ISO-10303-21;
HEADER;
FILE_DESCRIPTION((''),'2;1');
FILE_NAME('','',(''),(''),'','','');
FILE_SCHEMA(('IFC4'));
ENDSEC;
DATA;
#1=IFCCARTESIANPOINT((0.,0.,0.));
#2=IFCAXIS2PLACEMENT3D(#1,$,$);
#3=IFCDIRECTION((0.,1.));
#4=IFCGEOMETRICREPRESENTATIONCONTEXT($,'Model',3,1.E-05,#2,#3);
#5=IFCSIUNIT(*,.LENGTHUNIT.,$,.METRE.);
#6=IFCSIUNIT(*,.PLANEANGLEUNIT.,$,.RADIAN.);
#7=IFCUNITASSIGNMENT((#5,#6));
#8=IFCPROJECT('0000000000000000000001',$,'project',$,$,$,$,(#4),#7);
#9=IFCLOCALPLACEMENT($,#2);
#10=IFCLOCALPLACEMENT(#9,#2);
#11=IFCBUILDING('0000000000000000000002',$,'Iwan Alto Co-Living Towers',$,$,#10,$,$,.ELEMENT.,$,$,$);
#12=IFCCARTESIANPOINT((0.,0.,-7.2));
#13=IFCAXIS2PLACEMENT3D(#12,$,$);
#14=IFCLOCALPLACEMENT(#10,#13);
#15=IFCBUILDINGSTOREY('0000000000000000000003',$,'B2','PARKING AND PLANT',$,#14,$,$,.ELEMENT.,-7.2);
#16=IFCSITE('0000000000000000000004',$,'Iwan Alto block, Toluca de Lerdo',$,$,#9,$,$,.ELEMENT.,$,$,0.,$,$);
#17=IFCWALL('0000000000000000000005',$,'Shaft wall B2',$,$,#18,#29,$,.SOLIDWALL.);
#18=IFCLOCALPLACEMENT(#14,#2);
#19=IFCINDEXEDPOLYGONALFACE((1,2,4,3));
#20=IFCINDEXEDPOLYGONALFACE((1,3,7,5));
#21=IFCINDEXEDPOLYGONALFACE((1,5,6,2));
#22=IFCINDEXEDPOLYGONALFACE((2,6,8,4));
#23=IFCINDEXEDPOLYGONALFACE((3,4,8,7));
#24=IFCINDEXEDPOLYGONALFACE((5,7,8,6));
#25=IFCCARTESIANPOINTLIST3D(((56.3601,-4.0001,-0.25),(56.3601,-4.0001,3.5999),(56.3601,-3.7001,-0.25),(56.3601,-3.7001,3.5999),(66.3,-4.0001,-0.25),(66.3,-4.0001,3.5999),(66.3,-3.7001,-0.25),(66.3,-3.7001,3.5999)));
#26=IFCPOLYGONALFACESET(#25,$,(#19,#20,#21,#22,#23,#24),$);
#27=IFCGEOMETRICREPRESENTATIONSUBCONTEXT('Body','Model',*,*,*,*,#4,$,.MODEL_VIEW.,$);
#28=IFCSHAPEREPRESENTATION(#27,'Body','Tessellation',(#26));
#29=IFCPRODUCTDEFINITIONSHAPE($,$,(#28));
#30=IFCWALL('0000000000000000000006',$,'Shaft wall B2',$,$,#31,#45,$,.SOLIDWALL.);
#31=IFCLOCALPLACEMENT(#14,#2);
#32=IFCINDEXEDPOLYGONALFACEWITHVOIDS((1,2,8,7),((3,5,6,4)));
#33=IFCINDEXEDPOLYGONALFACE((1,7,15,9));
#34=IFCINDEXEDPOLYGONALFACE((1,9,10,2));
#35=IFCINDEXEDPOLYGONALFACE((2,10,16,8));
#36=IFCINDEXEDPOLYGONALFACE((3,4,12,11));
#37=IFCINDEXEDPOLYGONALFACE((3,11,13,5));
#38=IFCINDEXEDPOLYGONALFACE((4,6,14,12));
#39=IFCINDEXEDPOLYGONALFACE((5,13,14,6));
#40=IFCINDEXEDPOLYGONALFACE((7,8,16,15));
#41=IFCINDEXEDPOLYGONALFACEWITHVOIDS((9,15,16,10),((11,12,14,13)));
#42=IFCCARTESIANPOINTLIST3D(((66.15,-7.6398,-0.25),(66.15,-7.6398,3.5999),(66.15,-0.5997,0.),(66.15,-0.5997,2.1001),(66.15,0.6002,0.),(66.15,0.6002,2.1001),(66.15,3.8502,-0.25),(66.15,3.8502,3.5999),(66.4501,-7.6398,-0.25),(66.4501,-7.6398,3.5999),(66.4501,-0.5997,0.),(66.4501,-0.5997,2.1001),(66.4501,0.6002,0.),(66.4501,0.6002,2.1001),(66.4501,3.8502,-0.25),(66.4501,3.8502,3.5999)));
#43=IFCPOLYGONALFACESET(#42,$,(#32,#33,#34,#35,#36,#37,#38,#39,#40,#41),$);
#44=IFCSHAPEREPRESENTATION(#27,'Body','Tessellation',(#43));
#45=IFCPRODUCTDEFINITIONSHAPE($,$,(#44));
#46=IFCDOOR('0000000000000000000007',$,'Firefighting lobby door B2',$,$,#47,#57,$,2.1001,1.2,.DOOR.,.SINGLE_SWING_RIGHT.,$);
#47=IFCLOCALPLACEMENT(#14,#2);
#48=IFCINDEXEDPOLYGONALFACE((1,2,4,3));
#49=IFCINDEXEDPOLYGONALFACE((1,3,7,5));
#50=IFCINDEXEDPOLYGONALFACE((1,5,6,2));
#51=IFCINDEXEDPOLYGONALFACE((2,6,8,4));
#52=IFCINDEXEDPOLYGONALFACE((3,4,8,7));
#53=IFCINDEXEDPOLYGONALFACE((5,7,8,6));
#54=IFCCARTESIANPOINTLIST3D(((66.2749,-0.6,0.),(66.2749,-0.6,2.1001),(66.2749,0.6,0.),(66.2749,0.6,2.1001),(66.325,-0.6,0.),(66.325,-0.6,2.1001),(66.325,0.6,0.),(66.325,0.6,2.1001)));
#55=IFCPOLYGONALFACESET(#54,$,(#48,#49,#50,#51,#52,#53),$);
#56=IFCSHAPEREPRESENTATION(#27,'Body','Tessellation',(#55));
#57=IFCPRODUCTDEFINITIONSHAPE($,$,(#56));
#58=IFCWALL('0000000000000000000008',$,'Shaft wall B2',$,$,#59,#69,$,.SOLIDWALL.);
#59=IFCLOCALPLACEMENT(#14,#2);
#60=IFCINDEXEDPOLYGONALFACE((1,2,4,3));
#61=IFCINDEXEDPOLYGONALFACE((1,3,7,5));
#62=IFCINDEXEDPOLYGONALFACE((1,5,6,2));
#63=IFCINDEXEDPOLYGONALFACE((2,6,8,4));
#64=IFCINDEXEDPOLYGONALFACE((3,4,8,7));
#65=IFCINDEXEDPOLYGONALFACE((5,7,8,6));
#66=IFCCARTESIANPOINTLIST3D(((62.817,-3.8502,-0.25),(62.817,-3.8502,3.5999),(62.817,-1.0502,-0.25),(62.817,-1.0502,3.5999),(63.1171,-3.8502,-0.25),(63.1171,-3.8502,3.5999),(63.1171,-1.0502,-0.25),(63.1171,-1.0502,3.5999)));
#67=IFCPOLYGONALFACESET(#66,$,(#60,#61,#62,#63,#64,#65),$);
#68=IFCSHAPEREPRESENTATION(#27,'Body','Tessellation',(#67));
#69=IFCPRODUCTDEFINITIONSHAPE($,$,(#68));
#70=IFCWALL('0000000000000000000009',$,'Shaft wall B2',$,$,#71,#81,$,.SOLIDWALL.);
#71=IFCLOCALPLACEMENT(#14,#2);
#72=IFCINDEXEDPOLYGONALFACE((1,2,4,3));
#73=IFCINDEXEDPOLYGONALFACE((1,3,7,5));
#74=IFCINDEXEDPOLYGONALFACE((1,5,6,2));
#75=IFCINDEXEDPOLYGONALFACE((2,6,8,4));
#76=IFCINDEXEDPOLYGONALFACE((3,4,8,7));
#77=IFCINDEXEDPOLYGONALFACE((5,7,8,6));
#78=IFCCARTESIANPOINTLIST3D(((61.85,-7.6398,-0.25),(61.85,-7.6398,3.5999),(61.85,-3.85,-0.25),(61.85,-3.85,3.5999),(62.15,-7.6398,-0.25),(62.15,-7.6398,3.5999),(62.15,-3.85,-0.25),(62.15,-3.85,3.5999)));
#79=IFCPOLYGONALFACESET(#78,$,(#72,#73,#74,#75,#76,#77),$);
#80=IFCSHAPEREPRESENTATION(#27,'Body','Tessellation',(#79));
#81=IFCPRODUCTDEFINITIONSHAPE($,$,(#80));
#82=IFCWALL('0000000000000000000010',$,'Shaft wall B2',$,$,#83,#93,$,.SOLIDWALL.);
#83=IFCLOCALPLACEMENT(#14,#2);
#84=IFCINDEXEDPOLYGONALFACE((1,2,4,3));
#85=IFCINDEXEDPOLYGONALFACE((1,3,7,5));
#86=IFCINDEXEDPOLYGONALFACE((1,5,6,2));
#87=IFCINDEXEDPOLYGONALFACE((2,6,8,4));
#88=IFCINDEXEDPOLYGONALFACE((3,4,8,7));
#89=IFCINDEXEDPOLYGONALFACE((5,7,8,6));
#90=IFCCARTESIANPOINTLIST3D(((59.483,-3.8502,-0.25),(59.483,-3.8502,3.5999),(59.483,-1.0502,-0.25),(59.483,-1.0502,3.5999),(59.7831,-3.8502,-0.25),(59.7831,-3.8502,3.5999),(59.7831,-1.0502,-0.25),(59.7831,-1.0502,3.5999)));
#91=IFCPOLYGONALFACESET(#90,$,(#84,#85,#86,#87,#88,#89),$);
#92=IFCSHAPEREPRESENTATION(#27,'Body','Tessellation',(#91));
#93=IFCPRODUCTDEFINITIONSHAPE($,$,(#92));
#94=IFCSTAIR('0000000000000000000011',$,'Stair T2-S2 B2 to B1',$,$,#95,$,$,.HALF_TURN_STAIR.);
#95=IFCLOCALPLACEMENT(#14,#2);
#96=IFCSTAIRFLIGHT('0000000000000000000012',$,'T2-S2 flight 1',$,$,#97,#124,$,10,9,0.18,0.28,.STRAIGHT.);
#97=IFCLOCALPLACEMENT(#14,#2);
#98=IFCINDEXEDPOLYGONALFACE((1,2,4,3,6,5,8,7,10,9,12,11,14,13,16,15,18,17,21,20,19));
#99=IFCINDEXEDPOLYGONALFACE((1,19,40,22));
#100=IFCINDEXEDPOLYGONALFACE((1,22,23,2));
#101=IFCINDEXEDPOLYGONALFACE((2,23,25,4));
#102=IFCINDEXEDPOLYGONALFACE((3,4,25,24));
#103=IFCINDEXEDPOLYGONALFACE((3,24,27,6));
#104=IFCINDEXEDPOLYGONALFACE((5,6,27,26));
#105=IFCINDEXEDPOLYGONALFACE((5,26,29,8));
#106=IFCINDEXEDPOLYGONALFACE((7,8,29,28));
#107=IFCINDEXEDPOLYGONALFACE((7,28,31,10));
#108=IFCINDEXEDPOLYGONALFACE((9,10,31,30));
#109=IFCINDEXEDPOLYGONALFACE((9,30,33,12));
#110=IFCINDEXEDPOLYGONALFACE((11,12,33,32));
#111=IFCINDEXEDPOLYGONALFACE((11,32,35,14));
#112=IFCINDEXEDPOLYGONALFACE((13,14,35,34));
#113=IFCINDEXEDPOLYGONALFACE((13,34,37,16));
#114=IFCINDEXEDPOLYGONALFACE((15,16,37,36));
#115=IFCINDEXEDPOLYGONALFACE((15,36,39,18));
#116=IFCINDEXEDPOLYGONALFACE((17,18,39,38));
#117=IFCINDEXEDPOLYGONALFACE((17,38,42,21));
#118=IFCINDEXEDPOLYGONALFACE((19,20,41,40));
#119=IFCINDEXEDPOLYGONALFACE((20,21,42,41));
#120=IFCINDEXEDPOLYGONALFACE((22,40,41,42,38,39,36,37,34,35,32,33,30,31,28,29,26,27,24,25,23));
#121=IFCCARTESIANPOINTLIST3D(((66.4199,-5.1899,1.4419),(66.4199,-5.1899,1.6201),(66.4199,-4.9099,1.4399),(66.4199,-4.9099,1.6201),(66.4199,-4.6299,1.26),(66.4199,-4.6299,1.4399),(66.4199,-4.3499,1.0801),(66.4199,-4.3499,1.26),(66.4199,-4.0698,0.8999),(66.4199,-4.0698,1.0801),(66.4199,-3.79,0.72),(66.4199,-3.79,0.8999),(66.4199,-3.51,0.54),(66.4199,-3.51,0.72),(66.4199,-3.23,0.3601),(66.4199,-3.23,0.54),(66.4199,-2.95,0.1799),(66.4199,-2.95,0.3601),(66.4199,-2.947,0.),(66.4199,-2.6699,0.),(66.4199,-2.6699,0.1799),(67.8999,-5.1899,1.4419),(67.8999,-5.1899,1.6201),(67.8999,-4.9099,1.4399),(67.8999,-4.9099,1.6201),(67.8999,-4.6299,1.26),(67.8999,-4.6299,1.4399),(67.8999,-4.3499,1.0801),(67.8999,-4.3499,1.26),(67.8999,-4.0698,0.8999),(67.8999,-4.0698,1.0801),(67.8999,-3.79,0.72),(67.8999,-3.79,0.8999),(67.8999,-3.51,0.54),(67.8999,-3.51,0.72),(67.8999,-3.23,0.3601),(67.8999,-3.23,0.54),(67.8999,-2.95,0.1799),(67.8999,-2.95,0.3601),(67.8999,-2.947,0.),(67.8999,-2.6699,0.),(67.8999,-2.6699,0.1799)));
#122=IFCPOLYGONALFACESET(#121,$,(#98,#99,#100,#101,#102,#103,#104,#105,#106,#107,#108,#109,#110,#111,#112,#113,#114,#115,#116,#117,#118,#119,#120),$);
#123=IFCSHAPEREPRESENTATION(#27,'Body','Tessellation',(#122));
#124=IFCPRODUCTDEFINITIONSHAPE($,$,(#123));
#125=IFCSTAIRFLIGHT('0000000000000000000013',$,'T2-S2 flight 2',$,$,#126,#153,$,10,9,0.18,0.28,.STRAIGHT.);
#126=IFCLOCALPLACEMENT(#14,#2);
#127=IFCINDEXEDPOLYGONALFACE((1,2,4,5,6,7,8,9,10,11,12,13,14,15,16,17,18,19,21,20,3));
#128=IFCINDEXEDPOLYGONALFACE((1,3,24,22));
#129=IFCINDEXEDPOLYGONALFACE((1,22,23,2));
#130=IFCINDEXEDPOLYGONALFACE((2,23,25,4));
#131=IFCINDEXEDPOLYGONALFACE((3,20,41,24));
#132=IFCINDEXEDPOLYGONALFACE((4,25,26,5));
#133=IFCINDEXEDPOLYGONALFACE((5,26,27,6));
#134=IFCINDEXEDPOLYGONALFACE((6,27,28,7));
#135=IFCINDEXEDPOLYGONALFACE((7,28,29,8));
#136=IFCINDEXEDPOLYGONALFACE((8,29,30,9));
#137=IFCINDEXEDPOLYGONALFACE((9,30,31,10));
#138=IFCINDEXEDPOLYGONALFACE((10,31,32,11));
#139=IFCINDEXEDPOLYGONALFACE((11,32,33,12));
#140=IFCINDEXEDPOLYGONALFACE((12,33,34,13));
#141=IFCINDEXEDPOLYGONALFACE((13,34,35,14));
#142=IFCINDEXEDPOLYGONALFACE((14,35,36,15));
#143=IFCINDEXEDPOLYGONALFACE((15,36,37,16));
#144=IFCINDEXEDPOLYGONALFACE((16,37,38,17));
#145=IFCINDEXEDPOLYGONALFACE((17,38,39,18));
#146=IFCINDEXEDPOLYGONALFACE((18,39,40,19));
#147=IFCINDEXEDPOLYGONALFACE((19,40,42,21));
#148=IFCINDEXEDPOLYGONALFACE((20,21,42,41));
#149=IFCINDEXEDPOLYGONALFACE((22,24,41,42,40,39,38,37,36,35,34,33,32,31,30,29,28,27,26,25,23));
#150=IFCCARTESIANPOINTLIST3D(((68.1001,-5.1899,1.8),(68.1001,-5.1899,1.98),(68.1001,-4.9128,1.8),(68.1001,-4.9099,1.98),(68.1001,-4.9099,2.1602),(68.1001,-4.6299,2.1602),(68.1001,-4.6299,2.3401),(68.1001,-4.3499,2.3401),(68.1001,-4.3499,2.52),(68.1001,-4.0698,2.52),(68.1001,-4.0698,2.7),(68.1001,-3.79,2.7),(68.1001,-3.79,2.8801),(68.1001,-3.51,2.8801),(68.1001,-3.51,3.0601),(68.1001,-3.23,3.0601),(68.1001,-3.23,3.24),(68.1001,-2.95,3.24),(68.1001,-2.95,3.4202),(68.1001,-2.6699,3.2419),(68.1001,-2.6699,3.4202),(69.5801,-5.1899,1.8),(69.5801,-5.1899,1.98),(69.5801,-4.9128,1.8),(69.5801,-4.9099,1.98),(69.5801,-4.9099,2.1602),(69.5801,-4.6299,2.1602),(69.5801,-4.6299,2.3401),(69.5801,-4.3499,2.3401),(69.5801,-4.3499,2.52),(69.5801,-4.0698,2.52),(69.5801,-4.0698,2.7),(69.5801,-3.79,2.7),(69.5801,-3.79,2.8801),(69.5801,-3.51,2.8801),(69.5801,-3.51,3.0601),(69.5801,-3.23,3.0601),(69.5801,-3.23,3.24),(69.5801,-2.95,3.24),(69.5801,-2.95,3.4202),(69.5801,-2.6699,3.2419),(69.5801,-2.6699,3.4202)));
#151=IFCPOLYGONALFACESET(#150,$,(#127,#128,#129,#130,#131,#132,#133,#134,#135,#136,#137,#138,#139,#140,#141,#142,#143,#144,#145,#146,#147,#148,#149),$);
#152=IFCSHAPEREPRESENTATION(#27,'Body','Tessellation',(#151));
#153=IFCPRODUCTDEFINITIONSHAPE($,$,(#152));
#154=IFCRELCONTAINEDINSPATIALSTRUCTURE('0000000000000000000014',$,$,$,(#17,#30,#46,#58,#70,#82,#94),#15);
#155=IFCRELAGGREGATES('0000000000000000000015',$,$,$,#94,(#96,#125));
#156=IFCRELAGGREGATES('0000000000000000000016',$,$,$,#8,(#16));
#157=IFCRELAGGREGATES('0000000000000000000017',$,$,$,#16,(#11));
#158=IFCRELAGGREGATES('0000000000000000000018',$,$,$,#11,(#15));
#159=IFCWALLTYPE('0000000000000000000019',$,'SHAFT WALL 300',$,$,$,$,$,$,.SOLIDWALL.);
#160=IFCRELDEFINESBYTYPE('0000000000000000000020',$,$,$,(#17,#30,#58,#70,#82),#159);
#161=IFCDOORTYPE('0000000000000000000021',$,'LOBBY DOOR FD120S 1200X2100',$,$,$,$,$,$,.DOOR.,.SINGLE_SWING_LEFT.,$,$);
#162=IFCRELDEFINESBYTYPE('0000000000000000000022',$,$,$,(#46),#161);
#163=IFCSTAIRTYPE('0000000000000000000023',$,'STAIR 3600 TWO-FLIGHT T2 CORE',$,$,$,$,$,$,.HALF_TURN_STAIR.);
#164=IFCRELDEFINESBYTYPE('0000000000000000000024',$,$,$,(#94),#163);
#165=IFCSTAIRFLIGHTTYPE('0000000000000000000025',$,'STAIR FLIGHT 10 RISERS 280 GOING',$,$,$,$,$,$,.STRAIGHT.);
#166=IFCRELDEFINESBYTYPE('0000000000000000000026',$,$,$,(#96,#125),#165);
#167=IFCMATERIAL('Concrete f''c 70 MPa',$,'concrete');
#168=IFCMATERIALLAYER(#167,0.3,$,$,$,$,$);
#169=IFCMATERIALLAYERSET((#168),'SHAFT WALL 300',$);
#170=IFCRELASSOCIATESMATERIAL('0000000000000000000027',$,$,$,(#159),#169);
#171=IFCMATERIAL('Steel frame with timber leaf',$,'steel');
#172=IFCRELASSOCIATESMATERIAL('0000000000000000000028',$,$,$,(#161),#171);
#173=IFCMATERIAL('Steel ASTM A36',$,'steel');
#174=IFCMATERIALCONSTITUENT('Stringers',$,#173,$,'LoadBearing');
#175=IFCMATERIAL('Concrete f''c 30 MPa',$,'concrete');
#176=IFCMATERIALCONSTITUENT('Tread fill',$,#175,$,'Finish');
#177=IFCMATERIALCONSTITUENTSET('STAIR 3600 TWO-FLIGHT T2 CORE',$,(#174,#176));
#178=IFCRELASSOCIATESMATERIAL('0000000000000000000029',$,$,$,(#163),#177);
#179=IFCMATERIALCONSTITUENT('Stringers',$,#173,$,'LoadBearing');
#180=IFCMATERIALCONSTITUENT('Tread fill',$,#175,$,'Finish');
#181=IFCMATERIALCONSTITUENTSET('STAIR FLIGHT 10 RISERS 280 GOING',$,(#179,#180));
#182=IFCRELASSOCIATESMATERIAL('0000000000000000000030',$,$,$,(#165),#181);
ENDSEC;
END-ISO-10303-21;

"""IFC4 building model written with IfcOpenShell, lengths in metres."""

from ifc_helpers import new_model, si_unit, direction, frame, frame_2d, origin, place, context, subcontext, project, spatial, polyline, rectangle, outline, extrude, material, layer, layer_set, constituent, constituent_set, type_object, element, fill, aggregate, save


model = new_model("IFC4")

# Units and contexts
model_context = context("Model", 3, precision=1e-05, world=origin(), true_north=direction((0.0, 1.0)))
body_context = subcontext(model_context, "Body", "Model", "MODEL_VIEW")
ifc_project = project(units=[si_unit("LENGTHUNIT", "METRE"), si_unit("PLANEANGLEUNIT", "RADIAN")], contexts=[model_context])

# Site, building, storey
site_placement = place(None, origin())
site = spatial("IfcSite", under=ifc_project, at=site_placement, Name="Iwan Alto block, Toluca de Lerdo", CompositionType="ELEMENT", RefElevation=0.0)
building_placement = place(site_placement, origin())
building = spatial("IfcBuilding", under=site, at=building_placement, Name="Iwan Alto Co-Living Towers", CompositionType="ELEMENT")
storey_placement = place(building_placement, frame((0.0, 0.0, -7.2)))
storey = spatial("IfcBuildingStorey", under=building, at=storey_placement, Name="B2", Description="PARKING AND PLANT", CompositionType="ELEMENT", Elevation=-7.2)

# Wall
ifc_material_1 = material(Name="Concrete f'c 70 MPa", Category="concrete")
ifc_layer = layer(ifc_material_1, 0.3)
ifc_layer_set = layer_set([ifc_layer], Name="SHAFT WALL 300")
wall_type = type_object("IfcWallType", Name="SHAFT WALL 300", PredefinedType="SOLIDWALL", material=ifc_layer_set)
wall_1_placement = place(storey_placement, frame((56.3601, -3.8501, -0.25), z_axis=(0.0, 0.0, 1.0), x_axis=(1.0, 0.0, 0.0)))
element("IfcWall", 1, at=wall_1_placement, inside=storey, type_object=wall_type, Name="Shaft wall B2", PredefinedType="SOLIDWALL", context=body_context, shape_type="SweptSolid", body=[
    extrude(rectangle(XDim=9.9399, YDim=0.3, at=frame_2d((4.97, 0.0))), origin(), (0.0, 0.0, 1.0), 3.8499),
])

# Wall, opening, door
wall_2_placement = place(storey_placement, frame((66.3, -7.6399, -0.25), z_axis=(0.0, 0.0, 1.0), x_axis=(0.0, 1.0, 0.0)))
wall_2 = element("IfcWall", 2, at=wall_2_placement, inside=storey, type_object=wall_type, Name="Shaft wall B2", PredefinedType="SOLIDWALL", context=body_context, shape_type="SweptSolid", body=[
    extrude(rectangle(XDim=11.49, YDim=0.3, at=frame_2d((5.7451, 0.0))), origin(), (0.0, 0.0, 1.0), 3.8499),
])
opening_placement = place(wall_2_placement, frame((7.04, 0.0, 0.25)))
opening = element("IfcOpeningElement", 3, at=opening_placement, cuts=wall_2, PredefinedType="OPENING", context=body_context, shape_type="SweptSolid", body=[
    extrude(rectangle(XDim=1.2, YDim=2.1001, at=frame_2d((0.6001, 1.05))), frame((0.0, 0.1599, 0.0), z_axis=(0.0, -1.0, 0.0), x_axis=(1.0, 0.0, 0.0)), (0.0, 0.0, 1.0), 0.3201),
])
ifc_material_2 = material(Name="Steel frame with timber leaf", Category="steel")
door_type = type_object("IfcDoorType", Name="LOBBY DOOR FD120S 1200X2100", OperationType="SINGLE_SWING_LEFT", PredefinedType="DOOR", material=ifc_material_2)
door_placement = place(opening_placement, frame((1.2, 0.0, 0.0), z_axis=(0.0, 0.0, 1.0), x_axis=(-1.0, 0.0, 0.0)))
door = element("IfcDoor", 4, at=door_placement, inside=storey, type_object=door_type, Name="Firefighting lobby door B2", OperationType="SINGLE_SWING_RIGHT", OverallHeight=2.1001, OverallWidth=1.2, PredefinedType="DOOR", context=body_context, shape_type="SweptSolid", body=[
    extrude(rectangle(XDim=1.2, YDim=2.1001, at=frame_2d((0.6001, 1.05))), frame((0.0, 0.0249, 0.0), z_axis=(0.0, -1.0, 0.0), x_axis=(1.0, 0.0, 0.0)), (0.0, 0.0, 1.0), 0.05),
])
fill(opening, door)

# Walls
wall_3_placement = place(storey_placement, frame((62.967, -3.8501, -0.25), z_axis=(0.0, 0.0, 1.0), x_axis=(0.0, 1.0, 0.0)))
element("IfcWall", 5, at=wall_3_placement, inside=storey, type_object=wall_type, Name="Shaft wall B2", PredefinedType="SOLIDWALL", context=body_context, shape_type="SweptSolid", body=[
    extrude(rectangle(XDim=2.8, YDim=0.3, at=frame_2d((1.3999, 0.0))), origin(), (0.0, 0.0, 1.0), 3.8499),
])
wall_4_placement = place(storey_placement, frame((62.0, -7.6399, -0.25), z_axis=(0.0, 0.0, 1.0), x_axis=(0.0, 1.0, 0.0)))
element("IfcWall", 6, at=wall_4_placement, inside=storey, type_object=wall_type, Name="Shaft wall B2", PredefinedType="SOLIDWALL", context=body_context, shape_type="SweptSolid", body=[
    extrude(rectangle(XDim=3.7898, YDim=0.3, at=frame_2d((1.895, 0.0))), origin(), (0.0, 0.0, 1.0), 3.8499),
])
wall_5_placement = place(storey_placement, frame((59.6331, -3.8501, -0.25), z_axis=(0.0, 0.0, 1.0), x_axis=(0.0, 1.0, 0.0)))
element("IfcWall", 7, at=wall_5_placement, inside=storey, type_object=wall_type, Name="Shaft wall B2", PredefinedType="SOLIDWALL", context=body_context, shape_type="SweptSolid", body=[
    extrude(rectangle(XDim=2.8, YDim=0.3, at=frame_2d((1.3999, 0.0))), origin(), (0.0, 0.0, 1.0), 3.8499),
])

# Stair, stair flights
ifc_material_3 = material(Name="Steel ASTM A36", Category="steel")
ifc_constituent_1 = constituent(ifc_material_3, Name="Stringers", Category="LoadBearing")
ifc_material_4 = material(Name="Concrete f'c 30 MPa", Category="concrete")
ifc_constituent_2 = constituent(ifc_material_4, Name="Tread fill", Category="Finish")
ifc_constituent_set_1 = constituent_set(constituents=[ifc_constituent_1, ifc_constituent_2], Name="STAIR 3600 TWO-FLIGHT T2 CORE")
stair_type = type_object("IfcStairType", Name="STAIR 3600 TWO-FLIGHT T2 CORE", PredefinedType="HALF_TURN_STAIR", material=ifc_constituent_set_1)
stair_placement = place(storey_placement, origin())
stair = element("IfcStair", 8, at=stair_placement, inside=storey, type_object=stair_type, Name="Stair T2-S2 B2 to B1", PredefinedType="HALF_TURN_STAIR")
ifc_constituent_3 = constituent(ifc_material_3, Name="Stringers", Category="LoadBearing")
ifc_constituent_4 = constituent(ifc_material_4, Name="Tread fill", Category="Finish")
ifc_constituent_set_2 = constituent_set(constituents=[ifc_constituent_3, ifc_constituent_4], Name="STAIR FLIGHT 10 RISERS 280 GOING")
stair_flight_type = type_object("IfcStairFlightType", Name="STAIR FLIGHT 10 RISERS 280 GOING", PredefinedType="STRAIGHT", material=ifc_constituent_set_2)
stair_flight_1_placement = place(storey_placement, frame((67.1599, -2.6699, 0.0), z_axis=(0.0, 0.0, 1.0), x_axis=(0.0, -1.0, 0.0)))
stair_flight_1 = element("IfcStairFlight", 9, at=stair_flight_1_placement, type_object=stair_flight_type, Name="T2-S2 flight 1", NumberOfRisers=10, NumberOfTreads=9, PredefinedType="STRAIGHT", RiserHeight=0.18, TreadLength=0.28, context=body_context, shape_type="SweptSolid", body=[
    extrude(outline(polyline([(0.0, 0.0), (0.0, 0.1799), (0.28, 0.1799), (0.28, 0.3601), (0.5601, 0.3601), (0.5601, 0.54), (0.8401, 0.54), (0.8401, 0.72), (1.1201, 0.72), (1.1201, 0.8999), (1.3999, 0.8999), (1.3999, 1.0801), (1.6799, 1.0801), (1.6799, 1.26), (1.96, 1.26), (1.96, 1.4399), (2.24, 1.4399), (2.24, 1.6201), (2.52, 1.6201), (2.52, 1.8), (2.52, 1.4419), (0.2771, 0.0), (0.0, 0.0)])), frame((0.0, 0.74, 0.0), z_axis=(0.0, -1.0, 0.0), x_axis=(1.0, 0.0, 0.0)), (0.0, 0.0, 1.0), 1.48),
])
stair_flight_2_placement = place(storey_placement, frame((68.8401, -5.1899, 1.8), z_axis=(0.0, 0.0, 1.0), x_axis=(0.0, 1.0, 0.0)))
stair_flight_2 = element("IfcStairFlight", 10, at=stair_flight_2_placement, type_object=stair_flight_type, Name="T2-S2 flight 2", NumberOfRisers=10, NumberOfTreads=9, PredefinedType="STRAIGHT", RiserHeight=0.18, TreadLength=0.28, context=body_context, shape_type="SweptSolid", body=[
    extrude(outline(polyline([(0.0, 0.0), (0.0, 0.1799), (0.28, 0.1799), (0.28, 0.3601), (0.5601, 0.3601), (0.5601, 0.54), (0.8401, 0.54), (0.8401, 0.72), (1.1201, 0.72), (1.1201, 0.8999), (1.3999, 0.8999), (1.3999, 1.0801), (1.6799, 1.0801), (1.6799, 1.26), (1.96, 1.26), (1.96, 1.4399), (2.24, 1.4399), (2.24, 1.6201), (2.52, 1.6201), (2.52, 1.8), (2.52, 1.4419), (0.2771, 0.0), (0.0, 0.0)])), frame((0.0, 0.74, 0.0), z_axis=(0.0, -1.0, 0.0), x_axis=(1.0, 0.0, 0.0)), (0.0, 0.0, 1.0), 1.48),
])
aggregate(stair, [stair_flight_1, stair_flight_2])

save(model, "model.ifc")
